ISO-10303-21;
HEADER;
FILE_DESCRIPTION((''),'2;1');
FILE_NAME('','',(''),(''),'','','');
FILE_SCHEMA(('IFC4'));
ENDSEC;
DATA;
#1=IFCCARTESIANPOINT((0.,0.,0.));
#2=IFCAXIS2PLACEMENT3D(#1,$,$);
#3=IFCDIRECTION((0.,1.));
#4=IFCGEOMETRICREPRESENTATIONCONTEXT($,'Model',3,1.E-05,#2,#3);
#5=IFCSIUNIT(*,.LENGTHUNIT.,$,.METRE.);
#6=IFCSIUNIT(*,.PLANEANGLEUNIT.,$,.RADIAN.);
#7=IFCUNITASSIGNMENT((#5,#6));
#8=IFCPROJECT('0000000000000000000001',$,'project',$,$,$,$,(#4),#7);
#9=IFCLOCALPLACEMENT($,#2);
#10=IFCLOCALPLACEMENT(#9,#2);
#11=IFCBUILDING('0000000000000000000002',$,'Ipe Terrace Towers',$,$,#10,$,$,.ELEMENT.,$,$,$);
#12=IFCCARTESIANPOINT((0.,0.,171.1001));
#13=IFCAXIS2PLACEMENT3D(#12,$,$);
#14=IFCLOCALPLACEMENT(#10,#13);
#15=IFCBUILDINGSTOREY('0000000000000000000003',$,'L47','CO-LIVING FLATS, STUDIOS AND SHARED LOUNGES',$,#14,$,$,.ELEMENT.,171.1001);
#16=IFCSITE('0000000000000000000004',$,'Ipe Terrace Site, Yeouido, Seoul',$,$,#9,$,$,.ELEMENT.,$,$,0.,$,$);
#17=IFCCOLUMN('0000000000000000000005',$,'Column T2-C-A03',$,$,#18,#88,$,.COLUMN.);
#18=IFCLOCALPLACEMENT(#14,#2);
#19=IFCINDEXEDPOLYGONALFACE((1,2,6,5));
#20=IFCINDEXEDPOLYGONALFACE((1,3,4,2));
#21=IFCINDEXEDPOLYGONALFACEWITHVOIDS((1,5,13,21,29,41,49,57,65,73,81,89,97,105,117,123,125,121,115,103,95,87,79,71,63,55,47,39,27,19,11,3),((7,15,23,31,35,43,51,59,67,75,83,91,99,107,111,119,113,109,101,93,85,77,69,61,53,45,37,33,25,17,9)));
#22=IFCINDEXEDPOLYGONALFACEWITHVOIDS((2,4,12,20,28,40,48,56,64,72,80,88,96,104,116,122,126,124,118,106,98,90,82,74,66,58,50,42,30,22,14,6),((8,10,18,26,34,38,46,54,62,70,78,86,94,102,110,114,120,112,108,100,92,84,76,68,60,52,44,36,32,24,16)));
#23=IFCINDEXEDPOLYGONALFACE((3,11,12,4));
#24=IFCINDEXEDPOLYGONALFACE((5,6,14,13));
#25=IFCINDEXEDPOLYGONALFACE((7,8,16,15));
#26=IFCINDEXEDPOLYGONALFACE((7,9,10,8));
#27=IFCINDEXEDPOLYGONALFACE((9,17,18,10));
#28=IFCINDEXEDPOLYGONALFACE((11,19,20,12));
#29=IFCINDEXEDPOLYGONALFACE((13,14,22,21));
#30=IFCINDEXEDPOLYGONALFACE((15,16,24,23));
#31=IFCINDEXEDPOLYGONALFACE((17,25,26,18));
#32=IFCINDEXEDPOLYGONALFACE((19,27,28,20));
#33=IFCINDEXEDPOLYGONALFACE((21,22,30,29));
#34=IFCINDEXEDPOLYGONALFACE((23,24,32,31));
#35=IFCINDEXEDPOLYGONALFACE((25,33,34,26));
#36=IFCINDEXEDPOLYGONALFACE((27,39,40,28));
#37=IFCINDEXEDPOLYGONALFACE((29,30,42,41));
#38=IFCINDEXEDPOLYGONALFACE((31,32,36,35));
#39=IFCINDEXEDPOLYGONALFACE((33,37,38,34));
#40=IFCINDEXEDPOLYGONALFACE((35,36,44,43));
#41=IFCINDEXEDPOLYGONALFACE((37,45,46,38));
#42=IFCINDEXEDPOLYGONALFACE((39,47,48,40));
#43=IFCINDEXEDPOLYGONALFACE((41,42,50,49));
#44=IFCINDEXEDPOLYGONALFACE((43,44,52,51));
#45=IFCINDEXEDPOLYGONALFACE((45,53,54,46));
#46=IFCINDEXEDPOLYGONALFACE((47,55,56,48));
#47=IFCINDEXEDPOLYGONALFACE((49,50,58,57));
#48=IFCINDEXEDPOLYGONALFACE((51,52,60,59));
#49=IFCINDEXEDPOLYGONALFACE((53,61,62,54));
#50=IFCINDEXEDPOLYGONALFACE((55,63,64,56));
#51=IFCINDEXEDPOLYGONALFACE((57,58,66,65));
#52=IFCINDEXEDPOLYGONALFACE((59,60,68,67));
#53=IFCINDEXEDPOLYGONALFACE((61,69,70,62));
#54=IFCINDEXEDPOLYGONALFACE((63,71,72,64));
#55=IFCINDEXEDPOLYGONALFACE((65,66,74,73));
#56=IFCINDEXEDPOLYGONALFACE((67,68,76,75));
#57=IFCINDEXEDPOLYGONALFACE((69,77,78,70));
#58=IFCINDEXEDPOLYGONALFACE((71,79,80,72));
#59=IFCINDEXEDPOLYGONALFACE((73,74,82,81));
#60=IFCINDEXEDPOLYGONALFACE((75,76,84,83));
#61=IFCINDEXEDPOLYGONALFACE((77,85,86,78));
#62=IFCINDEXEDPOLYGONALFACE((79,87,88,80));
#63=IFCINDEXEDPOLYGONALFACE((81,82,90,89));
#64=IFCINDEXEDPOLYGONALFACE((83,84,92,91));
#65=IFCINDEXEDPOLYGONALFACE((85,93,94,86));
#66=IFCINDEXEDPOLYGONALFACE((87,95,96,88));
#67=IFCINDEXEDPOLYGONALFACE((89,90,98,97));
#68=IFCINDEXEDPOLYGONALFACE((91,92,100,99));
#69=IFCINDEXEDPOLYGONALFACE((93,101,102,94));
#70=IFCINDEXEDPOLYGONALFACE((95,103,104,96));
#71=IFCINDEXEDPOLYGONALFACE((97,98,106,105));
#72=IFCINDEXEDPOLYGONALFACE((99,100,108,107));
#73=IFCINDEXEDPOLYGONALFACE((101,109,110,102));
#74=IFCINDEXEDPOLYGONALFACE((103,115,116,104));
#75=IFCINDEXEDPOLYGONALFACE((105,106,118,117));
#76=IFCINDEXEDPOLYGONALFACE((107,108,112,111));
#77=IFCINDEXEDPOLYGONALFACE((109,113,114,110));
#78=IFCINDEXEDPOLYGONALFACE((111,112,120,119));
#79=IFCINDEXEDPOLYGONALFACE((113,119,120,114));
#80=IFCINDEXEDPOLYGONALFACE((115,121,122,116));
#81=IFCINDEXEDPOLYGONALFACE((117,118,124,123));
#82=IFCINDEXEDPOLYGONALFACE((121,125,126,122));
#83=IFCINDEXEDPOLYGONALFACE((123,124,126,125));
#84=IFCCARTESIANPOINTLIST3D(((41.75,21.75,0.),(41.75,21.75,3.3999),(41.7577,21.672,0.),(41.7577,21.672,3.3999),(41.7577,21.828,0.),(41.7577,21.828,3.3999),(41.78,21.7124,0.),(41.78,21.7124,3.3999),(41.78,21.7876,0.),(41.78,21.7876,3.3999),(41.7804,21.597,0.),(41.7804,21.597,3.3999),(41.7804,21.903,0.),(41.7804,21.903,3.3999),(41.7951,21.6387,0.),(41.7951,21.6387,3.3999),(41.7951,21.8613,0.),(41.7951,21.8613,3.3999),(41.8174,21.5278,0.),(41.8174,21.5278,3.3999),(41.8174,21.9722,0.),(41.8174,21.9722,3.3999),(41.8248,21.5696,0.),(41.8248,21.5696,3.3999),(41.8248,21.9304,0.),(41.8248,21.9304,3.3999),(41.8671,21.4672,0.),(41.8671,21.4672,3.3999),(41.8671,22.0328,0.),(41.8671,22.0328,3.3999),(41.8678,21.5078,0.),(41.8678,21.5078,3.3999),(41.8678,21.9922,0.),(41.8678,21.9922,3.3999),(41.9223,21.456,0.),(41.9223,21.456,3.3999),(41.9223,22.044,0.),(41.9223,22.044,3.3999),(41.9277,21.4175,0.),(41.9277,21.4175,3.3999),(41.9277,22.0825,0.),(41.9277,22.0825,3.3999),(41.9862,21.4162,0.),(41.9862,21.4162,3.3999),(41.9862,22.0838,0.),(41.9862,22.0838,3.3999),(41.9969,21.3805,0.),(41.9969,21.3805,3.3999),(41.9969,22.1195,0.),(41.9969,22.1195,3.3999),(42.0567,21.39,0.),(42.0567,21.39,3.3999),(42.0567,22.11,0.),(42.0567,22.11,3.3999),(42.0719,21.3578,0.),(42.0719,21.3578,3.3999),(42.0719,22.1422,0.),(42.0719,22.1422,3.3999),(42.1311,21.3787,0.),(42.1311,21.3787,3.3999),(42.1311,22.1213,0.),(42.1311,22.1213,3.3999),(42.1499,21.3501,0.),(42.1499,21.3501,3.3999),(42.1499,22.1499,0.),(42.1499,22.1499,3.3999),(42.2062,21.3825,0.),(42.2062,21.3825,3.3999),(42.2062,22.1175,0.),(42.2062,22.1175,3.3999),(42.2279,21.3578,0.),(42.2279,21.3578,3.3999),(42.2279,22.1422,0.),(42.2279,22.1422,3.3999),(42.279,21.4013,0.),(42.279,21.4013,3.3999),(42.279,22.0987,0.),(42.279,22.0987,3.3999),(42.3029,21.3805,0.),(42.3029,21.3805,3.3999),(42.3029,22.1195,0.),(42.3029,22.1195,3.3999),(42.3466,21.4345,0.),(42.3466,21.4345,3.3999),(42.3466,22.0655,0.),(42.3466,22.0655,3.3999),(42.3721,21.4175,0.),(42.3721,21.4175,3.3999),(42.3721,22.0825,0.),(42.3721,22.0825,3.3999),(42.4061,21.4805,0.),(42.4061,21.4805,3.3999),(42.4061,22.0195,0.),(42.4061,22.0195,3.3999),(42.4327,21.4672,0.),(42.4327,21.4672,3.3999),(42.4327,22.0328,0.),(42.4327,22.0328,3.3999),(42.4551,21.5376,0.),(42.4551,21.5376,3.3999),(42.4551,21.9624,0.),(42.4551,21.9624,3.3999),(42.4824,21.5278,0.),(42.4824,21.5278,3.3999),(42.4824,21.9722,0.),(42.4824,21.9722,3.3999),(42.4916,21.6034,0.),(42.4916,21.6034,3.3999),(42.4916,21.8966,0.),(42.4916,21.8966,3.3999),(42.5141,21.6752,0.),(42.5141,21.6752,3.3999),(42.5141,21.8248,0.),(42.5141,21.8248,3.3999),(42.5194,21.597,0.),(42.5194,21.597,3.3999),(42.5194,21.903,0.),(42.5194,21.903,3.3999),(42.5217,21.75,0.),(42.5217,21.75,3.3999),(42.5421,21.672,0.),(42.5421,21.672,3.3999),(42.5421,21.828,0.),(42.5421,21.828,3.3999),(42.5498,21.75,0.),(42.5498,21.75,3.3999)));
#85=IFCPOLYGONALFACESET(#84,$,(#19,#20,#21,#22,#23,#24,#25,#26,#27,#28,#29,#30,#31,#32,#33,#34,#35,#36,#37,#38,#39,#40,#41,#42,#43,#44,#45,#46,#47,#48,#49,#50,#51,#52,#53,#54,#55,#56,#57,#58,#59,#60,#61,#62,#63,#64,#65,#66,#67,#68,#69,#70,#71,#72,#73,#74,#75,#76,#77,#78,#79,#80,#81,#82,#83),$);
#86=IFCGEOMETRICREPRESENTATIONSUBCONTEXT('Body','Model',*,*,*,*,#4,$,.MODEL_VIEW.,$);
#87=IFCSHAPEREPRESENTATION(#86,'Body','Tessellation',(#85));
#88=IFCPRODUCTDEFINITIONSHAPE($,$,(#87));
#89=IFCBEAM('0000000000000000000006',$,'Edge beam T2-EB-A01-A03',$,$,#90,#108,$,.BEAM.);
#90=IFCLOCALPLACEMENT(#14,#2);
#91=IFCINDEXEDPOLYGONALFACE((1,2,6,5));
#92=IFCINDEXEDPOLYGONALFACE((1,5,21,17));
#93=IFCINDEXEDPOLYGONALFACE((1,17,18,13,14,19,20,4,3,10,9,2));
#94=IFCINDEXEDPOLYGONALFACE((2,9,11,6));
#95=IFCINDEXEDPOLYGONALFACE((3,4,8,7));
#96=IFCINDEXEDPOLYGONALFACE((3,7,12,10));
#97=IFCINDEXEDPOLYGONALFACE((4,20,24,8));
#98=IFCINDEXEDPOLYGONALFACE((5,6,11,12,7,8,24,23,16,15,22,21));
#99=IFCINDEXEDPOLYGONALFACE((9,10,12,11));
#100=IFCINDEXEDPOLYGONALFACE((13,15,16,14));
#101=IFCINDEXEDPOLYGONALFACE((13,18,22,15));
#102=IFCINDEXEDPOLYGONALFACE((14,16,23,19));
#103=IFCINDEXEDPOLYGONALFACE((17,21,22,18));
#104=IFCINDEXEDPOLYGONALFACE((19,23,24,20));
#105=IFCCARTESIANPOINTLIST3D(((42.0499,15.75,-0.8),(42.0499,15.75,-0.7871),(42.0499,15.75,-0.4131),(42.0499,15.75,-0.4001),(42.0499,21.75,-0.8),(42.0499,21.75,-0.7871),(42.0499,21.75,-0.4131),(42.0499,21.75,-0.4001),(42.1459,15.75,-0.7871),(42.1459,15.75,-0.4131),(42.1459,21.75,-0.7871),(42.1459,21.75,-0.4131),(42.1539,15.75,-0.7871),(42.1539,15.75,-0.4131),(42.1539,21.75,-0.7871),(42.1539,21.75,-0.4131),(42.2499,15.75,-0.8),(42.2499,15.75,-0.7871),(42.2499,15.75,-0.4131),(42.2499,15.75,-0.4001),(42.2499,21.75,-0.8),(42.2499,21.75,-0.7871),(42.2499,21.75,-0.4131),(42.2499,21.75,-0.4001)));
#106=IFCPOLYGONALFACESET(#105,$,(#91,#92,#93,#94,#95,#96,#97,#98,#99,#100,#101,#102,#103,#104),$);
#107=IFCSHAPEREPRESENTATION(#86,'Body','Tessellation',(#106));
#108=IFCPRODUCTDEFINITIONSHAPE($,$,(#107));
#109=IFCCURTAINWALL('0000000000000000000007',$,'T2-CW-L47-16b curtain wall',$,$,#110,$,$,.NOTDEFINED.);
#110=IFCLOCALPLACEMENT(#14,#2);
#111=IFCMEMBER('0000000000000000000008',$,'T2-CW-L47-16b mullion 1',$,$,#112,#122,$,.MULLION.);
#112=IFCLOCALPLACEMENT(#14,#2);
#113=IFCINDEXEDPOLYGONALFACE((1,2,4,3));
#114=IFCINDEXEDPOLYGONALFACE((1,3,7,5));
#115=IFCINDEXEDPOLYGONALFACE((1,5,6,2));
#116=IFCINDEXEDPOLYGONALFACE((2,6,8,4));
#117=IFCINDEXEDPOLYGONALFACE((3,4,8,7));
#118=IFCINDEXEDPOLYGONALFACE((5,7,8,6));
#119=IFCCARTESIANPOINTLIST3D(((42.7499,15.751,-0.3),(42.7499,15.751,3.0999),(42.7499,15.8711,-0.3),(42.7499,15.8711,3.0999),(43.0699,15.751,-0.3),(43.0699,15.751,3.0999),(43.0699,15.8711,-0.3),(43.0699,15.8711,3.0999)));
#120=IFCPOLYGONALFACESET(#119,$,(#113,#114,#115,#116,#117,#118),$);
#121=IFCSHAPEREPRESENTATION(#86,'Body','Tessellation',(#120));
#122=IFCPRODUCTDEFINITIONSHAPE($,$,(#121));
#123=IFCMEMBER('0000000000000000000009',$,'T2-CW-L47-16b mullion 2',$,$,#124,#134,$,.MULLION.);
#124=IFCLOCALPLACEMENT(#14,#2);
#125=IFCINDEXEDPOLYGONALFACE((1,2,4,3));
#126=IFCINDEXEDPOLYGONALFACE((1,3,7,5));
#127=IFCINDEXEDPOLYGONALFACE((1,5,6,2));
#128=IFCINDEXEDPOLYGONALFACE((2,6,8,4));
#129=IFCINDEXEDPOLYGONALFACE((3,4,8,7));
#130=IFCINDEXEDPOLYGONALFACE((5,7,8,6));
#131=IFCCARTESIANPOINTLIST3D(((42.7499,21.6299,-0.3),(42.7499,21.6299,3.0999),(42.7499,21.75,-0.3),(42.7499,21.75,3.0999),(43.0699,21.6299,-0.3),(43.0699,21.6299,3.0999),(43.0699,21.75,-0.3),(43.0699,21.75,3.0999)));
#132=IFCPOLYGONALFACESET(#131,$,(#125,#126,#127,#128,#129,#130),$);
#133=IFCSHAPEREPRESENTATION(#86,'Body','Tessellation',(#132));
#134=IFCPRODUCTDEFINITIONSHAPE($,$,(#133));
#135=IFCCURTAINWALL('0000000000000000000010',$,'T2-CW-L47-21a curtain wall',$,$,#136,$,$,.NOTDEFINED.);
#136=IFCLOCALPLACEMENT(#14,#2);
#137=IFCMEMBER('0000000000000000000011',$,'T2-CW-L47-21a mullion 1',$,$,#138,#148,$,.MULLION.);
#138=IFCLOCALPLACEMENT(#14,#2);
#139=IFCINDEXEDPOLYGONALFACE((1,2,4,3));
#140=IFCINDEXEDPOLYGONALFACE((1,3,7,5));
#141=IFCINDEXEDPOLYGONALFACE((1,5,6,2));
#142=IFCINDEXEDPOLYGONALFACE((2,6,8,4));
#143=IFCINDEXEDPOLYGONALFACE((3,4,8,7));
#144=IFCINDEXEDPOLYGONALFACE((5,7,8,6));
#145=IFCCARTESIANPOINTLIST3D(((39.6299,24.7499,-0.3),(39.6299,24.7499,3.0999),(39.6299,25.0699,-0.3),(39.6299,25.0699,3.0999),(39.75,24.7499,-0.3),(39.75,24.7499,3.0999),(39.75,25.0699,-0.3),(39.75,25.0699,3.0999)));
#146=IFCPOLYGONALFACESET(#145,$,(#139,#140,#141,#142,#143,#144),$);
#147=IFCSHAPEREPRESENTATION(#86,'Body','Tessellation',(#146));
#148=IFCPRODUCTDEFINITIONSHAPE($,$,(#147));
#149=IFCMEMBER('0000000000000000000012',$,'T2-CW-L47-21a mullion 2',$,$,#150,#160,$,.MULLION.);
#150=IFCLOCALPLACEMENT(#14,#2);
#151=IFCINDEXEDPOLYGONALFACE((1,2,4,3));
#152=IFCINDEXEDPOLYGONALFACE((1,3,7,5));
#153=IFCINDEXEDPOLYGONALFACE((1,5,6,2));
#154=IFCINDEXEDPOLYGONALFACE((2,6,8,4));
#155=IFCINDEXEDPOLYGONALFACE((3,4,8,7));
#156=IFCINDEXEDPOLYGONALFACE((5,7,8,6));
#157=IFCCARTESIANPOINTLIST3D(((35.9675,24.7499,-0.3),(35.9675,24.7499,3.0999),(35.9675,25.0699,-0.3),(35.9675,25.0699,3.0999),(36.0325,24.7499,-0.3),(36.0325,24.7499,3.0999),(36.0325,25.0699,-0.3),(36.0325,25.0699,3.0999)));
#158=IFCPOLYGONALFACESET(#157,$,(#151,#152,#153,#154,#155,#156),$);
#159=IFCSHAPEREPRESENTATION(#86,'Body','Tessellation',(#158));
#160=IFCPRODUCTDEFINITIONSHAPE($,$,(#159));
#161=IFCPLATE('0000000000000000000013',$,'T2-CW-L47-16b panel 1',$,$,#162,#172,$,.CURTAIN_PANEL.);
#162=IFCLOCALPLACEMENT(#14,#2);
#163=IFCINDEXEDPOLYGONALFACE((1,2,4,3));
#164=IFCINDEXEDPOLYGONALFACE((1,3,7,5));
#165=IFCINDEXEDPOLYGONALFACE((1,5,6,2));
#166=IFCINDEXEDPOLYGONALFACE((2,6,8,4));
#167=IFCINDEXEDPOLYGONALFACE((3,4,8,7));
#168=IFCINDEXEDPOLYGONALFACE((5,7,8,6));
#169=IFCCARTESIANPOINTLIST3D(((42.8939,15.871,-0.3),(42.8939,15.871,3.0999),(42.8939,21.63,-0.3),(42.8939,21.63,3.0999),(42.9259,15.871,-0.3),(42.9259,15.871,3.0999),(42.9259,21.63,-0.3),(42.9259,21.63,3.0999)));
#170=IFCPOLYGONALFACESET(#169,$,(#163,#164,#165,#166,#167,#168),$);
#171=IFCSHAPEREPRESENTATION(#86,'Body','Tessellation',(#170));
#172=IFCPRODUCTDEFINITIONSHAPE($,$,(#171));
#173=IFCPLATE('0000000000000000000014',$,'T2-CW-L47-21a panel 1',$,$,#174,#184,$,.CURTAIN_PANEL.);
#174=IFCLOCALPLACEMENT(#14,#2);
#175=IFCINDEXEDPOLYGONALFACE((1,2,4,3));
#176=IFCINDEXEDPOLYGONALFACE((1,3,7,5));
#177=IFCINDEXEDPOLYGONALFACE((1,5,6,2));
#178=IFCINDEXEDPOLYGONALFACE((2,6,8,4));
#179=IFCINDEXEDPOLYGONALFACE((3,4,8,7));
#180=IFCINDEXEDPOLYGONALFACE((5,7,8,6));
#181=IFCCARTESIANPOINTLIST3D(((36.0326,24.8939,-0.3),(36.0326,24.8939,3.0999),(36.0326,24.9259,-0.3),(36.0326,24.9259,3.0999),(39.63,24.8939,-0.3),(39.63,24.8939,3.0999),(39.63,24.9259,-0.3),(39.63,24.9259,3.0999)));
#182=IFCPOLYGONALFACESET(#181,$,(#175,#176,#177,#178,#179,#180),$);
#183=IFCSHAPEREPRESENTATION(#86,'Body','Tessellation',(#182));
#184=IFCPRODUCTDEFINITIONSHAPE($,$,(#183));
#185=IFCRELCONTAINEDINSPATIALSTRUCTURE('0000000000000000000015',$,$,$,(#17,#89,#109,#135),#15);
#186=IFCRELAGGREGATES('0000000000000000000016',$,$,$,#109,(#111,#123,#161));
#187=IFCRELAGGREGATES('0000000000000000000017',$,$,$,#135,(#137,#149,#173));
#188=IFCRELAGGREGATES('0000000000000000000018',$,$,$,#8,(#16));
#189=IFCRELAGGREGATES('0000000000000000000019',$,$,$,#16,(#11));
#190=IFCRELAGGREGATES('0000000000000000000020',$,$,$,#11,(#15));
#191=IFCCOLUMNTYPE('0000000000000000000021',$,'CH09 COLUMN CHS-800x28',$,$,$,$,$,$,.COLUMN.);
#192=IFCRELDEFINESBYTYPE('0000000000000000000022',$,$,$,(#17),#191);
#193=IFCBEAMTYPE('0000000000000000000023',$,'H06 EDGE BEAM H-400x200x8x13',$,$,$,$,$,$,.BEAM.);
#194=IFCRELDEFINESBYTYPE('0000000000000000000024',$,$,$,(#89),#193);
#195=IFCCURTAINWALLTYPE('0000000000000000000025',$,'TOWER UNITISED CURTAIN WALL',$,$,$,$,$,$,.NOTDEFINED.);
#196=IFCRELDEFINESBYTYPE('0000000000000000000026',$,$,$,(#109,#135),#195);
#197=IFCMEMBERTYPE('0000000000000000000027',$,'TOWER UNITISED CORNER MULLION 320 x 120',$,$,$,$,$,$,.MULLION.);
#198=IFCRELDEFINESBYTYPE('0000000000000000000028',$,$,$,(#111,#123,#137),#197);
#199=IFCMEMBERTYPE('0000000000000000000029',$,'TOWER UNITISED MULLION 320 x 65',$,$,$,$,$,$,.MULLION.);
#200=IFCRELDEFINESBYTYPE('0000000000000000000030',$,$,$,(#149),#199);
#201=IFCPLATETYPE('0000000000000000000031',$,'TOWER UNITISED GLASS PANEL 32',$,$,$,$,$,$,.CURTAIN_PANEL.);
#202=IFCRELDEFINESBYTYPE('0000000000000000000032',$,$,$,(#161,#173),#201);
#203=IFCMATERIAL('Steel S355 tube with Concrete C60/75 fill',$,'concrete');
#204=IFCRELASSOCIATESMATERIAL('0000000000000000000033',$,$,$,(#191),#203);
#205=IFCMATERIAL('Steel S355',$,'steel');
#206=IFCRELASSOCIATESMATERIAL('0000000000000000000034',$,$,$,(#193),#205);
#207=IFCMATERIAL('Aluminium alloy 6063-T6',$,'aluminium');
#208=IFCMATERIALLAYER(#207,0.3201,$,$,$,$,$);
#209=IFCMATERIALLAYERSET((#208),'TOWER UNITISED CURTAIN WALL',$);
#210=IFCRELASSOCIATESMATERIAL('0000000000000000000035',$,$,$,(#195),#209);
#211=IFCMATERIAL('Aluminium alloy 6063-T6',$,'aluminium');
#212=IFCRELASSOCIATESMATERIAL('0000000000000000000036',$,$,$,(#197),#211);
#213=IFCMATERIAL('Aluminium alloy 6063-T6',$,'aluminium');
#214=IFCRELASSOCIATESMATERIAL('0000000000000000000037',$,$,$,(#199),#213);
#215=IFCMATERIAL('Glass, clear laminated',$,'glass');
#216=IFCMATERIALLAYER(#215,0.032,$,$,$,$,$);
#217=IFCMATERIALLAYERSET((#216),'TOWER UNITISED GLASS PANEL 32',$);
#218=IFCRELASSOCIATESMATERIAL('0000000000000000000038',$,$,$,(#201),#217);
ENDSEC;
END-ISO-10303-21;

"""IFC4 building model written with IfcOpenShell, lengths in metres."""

from ifc_helpers import new_model, si_unit, direction, frame, origin, origin_2d, place, context, subcontext, project, spatial, rectangle, hollow_circle, i_section, extrude, material, layer, layer_set, material_profile, profile_set, type_object, element, aggregate, save


model = new_model("IFC4")

# Units and contexts
model_context = context("Model", 3, precision=1e-05, world=origin(), true_north=direction((0.0, 1.0)))
body_context = subcontext(model_context, "Body", "Model", "MODEL_VIEW")
ifc_project = project(units=[si_unit("LENGTHUNIT", "METRE"), si_unit("PLANEANGLEUNIT", "RADIAN")], contexts=[model_context])

# Site, building, storey
site_placement = place(None, origin())
site = spatial("IfcSite", under=ifc_project, at=site_placement, Name="Ipe Terrace Site, Yeouido, Seoul", CompositionType="ELEMENT", RefElevation=0.0)
building_placement = place(site_placement, origin())
building = spatial("IfcBuilding", under=site, at=building_placement, Name="Ipe Terrace Towers", CompositionType="ELEMENT")
storey_placement = place(building_placement, frame((0.0, 0.0, 171.1001)))
storey = spatial("IfcBuildingStorey", under=building, at=storey_placement, Name="L47", Description="CO-LIVING FLATS, STUDIOS AND SHARED LOUNGES", CompositionType="ELEMENT", Elevation=171.1001)

# Column
ifc_material_1 = material(Name="Steel S355 tube with Concrete C60/75 fill", Category="concrete")
ifc_material_profile_1 = material_profile(ifc_material_1, hollow_circle(Radius=0.3999, WallThickness=0.0281, at=origin_2d()), Name="CHS-800x28")
ifc_profile_set_1 = profile_set([ifc_material_profile_1], Name="Steel S355 tube with Concrete C60/75 fill")
column_type = type_object("IfcColumnType", Name="CH09 COLUMN CHS-800x28", PredefinedType="COLUMN", material=ifc_profile_set_1)
column_placement = place(storey_placement, frame((42.1499, 21.75, 0.0), z_axis=(0.0, 0.0, 1.0), x_axis=(1.0, 0.0, 0.0)))
element("IfcColumn", 1, at=column_placement, inside=storey, type_object=column_type, Name="Column T2-C-A03", PredefinedType="COLUMN", context=body_context, shape_type="SweptSolid", body=[
    extrude(hollow_circle(Radius=0.3999, WallThickness=0.0281, at=origin_2d()), origin(), (0.0, 0.0, 1.0), 3.3999),
])

# Beam
ifc_material_2 = material(Name="Steel S355", Category="steel")
ifc_material_profile_2 = material_profile(ifc_material_2, i_section(OverallWidth=0.2, OverallDepth=0.3999, WebThickness=0.0081, FlangeThickness=0.0129, at=origin_2d()), Name="H-400x200x8x13")
ifc_profile_set_2 = profile_set([ifc_material_profile_2], Name="Steel S355")
beam_type = type_object("IfcBeamType", Name="H06 EDGE BEAM H-400x200x8x13", PredefinedType="BEAM", material=ifc_profile_set_2)
beam_placement = place(storey_placement, frame((42.1499, 15.75, -0.6001), z_axis=(0.0, 1.0, 0.0), x_axis=(-1.0, 0.0, 0.0)))
element("IfcBeam", 2, at=beam_placement, inside=storey, type_object=beam_type, Name="Edge beam T2-EB-A01-A03", PredefinedType="BEAM", context=body_context, shape_type="SweptSolid", body=[
    extrude(i_section(OverallWidth=0.2, OverallDepth=0.3999, WebThickness=0.0081, FlangeThickness=0.0129, at=origin_2d()), origin(), (0.0, 0.0, 1.0), 6.0),
])

# Curtain walls, members
ifc_material_3 = material(Name="Aluminium alloy 6063-T6", Category="aluminium")
ifc_layer_1 = layer(ifc_material_3, 0.3201)
ifc_layer_set_1 = layer_set([ifc_layer_1], Name="TOWER UNITISED CURTAIN WALL")
curtain_wall_type = type_object("IfcCurtainWallType", Name="TOWER UNITISED CURTAIN WALL", PredefinedType="NOTDEFINED", material=ifc_layer_set_1)
curtain_wall_1_placement = place(storey_placement, origin())
curtain_wall_1 = element("IfcCurtainWall", 3, at=curtain_wall_1_placement, inside=storey, type_object=curtain_wall_type, Name="T2-CW-L47-16b curtain wall", PredefinedType="NOTDEFINED")
ifc_material_4 = material(Name="Aluminium alloy 6063-T6", Category="aluminium")
ifc_material_profile_3 = material_profile(ifc_material_4, rectangle(XDim=0.3201, YDim=0.1201, at=origin_2d()), Name="TOWER UNITISED CORNER MULLION 320 x 120")
ifc_profile_set_3 = profile_set([ifc_material_profile_3], Name="Aluminium alloy 6063-T6")
member_type_1 = type_object("IfcMemberType", Name="TOWER UNITISED CORNER MULLION 320 x 120", PredefinedType="MULLION", material=ifc_profile_set_3)
member_1_placement = place(storey_placement, frame((42.9099, 15.811, -0.3), z_axis=(0.0, 0.0, 1.0), x_axis=(1.0, 0.0, 0.0)))
member_1 = element("IfcMember", 4, at=member_1_placement, type_object=member_type_1, Name="T2-CW-L47-16b mullion 1", PredefinedType="MULLION", context=body_context, shape_type="SweptSolid", body=[
    extrude(rectangle(XDim=0.3201, YDim=0.1201, at=origin_2d()), origin(), (0.0, 0.0, 1.0), 3.3999),
])
member_2_placement = place(storey_placement, frame((42.9099, 21.6899, -0.3), z_axis=(0.0, 0.0, 1.0), x_axis=(1.0, 0.0, 0.0)))
member_2 = element("IfcMember", 5, at=member_2_placement, type_object=member_type_1, Name="T2-CW-L47-16b mullion 2", PredefinedType="MULLION", context=body_context, shape_type="SweptSolid", body=[
    extrude(rectangle(XDim=0.3201, YDim=0.1201, at=origin_2d()), origin(), (0.0, 0.0, 1.0), 3.3999),
])
curtain_wall_2_placement = place(storey_placement, origin())
curtain_wall_2 = element("IfcCurtainWall", 6, at=curtain_wall_2_placement, inside=storey, type_object=curtain_wall_type, Name="T2-CW-L47-21a curtain wall", PredefinedType="NOTDEFINED")
member_3_placement = place(storey_placement, frame((39.6899, 24.9099, -0.3), z_axis=(0.0, 0.0, 1.0), x_axis=(0.0, 1.0, 0.0)))
member_3 = element("IfcMember", 7, at=member_3_placement, type_object=member_type_1, Name="T2-CW-L47-21a mullion 1", PredefinedType="MULLION", context=body_context, shape_type="SweptSolid", body=[
    extrude(rectangle(XDim=0.3201, YDim=0.1201, at=origin_2d()), origin(), (0.0, 0.0, 1.0), 3.3999),
])
ifc_material_5 = material(Name="Aluminium alloy 6063-T6", Category="aluminium")
ifc_material_profile_4 = material_profile(ifc_material_5, rectangle(XDim=0.3201, YDim=0.0649, at=origin_2d()), Name="TOWER UNITISED MULLION 320 x 65")
ifc_profile_set_4 = profile_set([ifc_material_profile_4], Name="Aluminium alloy 6063-T6")
member_type_2 = type_object("IfcMemberType", Name="TOWER UNITISED MULLION 320 x 65", PredefinedType="MULLION", material=ifc_profile_set_4)
member_4_placement = place(storey_placement, frame((36.0, 24.9099, -0.3), z_axis=(0.0, 0.0, 1.0), x_axis=(0.0, 1.0, 0.0)))
member_4 = element("IfcMember", 8, at=member_4_placement, type_object=member_type_2, Name="T2-CW-L47-21a mullion 2", PredefinedType="MULLION", context=body_context, shape_type="SweptSolid", body=[
    extrude(rectangle(XDim=0.3201, YDim=0.0649, at=origin_2d()), origin(), (0.0, 0.0, 1.0), 3.3999),
])

# Plates
ifc_material_6 = material(Name="Glass, clear laminated", Category="glass")
ifc_layer_2 = layer(ifc_material_6, 0.032)
ifc_layer_set_2 = layer_set([ifc_layer_2], Name="TOWER UNITISED GLASS PANEL 32")
plate_type = type_object("IfcPlateType", Name="TOWER UNITISED GLASS PANEL 32", PredefinedType="CURTAIN_PANEL", material=ifc_layer_set_2)
plate_1_placement = place(storey_placement, frame((42.9099, 18.7505, -0.3), z_axis=(0.0, 0.0, 1.0), x_axis=(0.0, 1.0, 0.0)))
plate_1 = element("IfcPlate", 9, at=plate_1_placement, type_object=plate_type, Name="T2-CW-L47-16b panel 1", PredefinedType="CURTAIN_PANEL", context=body_context, shape_type="SweptSolid", body=[
    extrude(rectangle(XDim=5.759, YDim=0.032, at=origin_2d()), origin(), (0.0, 0.0, 1.0), 3.3999),
])
aggregate(curtain_wall_1, [member_1, member_2, plate_1])
plate_2_placement = place(storey_placement, frame((37.8313, 24.9099, -0.3), z_axis=(0.0, 0.0, 1.0), x_axis=(-1.0, 0.0, 0.0)))
plate_2 = element("IfcPlate", 10, at=plate_2_placement, type_object=plate_type, Name="T2-CW-L47-21a panel 1", PredefinedType="CURTAIN_PANEL", context=body_context, shape_type="SweptSolid", body=[
    extrude(rectangle(XDim=3.5974, YDim=0.032, at=origin_2d()), origin(), (0.0, 0.0, 1.0), 3.3999),
])
aggregate(curtain_wall_2, [member_3, member_4, plate_2])

save(model, "model.ifc")
